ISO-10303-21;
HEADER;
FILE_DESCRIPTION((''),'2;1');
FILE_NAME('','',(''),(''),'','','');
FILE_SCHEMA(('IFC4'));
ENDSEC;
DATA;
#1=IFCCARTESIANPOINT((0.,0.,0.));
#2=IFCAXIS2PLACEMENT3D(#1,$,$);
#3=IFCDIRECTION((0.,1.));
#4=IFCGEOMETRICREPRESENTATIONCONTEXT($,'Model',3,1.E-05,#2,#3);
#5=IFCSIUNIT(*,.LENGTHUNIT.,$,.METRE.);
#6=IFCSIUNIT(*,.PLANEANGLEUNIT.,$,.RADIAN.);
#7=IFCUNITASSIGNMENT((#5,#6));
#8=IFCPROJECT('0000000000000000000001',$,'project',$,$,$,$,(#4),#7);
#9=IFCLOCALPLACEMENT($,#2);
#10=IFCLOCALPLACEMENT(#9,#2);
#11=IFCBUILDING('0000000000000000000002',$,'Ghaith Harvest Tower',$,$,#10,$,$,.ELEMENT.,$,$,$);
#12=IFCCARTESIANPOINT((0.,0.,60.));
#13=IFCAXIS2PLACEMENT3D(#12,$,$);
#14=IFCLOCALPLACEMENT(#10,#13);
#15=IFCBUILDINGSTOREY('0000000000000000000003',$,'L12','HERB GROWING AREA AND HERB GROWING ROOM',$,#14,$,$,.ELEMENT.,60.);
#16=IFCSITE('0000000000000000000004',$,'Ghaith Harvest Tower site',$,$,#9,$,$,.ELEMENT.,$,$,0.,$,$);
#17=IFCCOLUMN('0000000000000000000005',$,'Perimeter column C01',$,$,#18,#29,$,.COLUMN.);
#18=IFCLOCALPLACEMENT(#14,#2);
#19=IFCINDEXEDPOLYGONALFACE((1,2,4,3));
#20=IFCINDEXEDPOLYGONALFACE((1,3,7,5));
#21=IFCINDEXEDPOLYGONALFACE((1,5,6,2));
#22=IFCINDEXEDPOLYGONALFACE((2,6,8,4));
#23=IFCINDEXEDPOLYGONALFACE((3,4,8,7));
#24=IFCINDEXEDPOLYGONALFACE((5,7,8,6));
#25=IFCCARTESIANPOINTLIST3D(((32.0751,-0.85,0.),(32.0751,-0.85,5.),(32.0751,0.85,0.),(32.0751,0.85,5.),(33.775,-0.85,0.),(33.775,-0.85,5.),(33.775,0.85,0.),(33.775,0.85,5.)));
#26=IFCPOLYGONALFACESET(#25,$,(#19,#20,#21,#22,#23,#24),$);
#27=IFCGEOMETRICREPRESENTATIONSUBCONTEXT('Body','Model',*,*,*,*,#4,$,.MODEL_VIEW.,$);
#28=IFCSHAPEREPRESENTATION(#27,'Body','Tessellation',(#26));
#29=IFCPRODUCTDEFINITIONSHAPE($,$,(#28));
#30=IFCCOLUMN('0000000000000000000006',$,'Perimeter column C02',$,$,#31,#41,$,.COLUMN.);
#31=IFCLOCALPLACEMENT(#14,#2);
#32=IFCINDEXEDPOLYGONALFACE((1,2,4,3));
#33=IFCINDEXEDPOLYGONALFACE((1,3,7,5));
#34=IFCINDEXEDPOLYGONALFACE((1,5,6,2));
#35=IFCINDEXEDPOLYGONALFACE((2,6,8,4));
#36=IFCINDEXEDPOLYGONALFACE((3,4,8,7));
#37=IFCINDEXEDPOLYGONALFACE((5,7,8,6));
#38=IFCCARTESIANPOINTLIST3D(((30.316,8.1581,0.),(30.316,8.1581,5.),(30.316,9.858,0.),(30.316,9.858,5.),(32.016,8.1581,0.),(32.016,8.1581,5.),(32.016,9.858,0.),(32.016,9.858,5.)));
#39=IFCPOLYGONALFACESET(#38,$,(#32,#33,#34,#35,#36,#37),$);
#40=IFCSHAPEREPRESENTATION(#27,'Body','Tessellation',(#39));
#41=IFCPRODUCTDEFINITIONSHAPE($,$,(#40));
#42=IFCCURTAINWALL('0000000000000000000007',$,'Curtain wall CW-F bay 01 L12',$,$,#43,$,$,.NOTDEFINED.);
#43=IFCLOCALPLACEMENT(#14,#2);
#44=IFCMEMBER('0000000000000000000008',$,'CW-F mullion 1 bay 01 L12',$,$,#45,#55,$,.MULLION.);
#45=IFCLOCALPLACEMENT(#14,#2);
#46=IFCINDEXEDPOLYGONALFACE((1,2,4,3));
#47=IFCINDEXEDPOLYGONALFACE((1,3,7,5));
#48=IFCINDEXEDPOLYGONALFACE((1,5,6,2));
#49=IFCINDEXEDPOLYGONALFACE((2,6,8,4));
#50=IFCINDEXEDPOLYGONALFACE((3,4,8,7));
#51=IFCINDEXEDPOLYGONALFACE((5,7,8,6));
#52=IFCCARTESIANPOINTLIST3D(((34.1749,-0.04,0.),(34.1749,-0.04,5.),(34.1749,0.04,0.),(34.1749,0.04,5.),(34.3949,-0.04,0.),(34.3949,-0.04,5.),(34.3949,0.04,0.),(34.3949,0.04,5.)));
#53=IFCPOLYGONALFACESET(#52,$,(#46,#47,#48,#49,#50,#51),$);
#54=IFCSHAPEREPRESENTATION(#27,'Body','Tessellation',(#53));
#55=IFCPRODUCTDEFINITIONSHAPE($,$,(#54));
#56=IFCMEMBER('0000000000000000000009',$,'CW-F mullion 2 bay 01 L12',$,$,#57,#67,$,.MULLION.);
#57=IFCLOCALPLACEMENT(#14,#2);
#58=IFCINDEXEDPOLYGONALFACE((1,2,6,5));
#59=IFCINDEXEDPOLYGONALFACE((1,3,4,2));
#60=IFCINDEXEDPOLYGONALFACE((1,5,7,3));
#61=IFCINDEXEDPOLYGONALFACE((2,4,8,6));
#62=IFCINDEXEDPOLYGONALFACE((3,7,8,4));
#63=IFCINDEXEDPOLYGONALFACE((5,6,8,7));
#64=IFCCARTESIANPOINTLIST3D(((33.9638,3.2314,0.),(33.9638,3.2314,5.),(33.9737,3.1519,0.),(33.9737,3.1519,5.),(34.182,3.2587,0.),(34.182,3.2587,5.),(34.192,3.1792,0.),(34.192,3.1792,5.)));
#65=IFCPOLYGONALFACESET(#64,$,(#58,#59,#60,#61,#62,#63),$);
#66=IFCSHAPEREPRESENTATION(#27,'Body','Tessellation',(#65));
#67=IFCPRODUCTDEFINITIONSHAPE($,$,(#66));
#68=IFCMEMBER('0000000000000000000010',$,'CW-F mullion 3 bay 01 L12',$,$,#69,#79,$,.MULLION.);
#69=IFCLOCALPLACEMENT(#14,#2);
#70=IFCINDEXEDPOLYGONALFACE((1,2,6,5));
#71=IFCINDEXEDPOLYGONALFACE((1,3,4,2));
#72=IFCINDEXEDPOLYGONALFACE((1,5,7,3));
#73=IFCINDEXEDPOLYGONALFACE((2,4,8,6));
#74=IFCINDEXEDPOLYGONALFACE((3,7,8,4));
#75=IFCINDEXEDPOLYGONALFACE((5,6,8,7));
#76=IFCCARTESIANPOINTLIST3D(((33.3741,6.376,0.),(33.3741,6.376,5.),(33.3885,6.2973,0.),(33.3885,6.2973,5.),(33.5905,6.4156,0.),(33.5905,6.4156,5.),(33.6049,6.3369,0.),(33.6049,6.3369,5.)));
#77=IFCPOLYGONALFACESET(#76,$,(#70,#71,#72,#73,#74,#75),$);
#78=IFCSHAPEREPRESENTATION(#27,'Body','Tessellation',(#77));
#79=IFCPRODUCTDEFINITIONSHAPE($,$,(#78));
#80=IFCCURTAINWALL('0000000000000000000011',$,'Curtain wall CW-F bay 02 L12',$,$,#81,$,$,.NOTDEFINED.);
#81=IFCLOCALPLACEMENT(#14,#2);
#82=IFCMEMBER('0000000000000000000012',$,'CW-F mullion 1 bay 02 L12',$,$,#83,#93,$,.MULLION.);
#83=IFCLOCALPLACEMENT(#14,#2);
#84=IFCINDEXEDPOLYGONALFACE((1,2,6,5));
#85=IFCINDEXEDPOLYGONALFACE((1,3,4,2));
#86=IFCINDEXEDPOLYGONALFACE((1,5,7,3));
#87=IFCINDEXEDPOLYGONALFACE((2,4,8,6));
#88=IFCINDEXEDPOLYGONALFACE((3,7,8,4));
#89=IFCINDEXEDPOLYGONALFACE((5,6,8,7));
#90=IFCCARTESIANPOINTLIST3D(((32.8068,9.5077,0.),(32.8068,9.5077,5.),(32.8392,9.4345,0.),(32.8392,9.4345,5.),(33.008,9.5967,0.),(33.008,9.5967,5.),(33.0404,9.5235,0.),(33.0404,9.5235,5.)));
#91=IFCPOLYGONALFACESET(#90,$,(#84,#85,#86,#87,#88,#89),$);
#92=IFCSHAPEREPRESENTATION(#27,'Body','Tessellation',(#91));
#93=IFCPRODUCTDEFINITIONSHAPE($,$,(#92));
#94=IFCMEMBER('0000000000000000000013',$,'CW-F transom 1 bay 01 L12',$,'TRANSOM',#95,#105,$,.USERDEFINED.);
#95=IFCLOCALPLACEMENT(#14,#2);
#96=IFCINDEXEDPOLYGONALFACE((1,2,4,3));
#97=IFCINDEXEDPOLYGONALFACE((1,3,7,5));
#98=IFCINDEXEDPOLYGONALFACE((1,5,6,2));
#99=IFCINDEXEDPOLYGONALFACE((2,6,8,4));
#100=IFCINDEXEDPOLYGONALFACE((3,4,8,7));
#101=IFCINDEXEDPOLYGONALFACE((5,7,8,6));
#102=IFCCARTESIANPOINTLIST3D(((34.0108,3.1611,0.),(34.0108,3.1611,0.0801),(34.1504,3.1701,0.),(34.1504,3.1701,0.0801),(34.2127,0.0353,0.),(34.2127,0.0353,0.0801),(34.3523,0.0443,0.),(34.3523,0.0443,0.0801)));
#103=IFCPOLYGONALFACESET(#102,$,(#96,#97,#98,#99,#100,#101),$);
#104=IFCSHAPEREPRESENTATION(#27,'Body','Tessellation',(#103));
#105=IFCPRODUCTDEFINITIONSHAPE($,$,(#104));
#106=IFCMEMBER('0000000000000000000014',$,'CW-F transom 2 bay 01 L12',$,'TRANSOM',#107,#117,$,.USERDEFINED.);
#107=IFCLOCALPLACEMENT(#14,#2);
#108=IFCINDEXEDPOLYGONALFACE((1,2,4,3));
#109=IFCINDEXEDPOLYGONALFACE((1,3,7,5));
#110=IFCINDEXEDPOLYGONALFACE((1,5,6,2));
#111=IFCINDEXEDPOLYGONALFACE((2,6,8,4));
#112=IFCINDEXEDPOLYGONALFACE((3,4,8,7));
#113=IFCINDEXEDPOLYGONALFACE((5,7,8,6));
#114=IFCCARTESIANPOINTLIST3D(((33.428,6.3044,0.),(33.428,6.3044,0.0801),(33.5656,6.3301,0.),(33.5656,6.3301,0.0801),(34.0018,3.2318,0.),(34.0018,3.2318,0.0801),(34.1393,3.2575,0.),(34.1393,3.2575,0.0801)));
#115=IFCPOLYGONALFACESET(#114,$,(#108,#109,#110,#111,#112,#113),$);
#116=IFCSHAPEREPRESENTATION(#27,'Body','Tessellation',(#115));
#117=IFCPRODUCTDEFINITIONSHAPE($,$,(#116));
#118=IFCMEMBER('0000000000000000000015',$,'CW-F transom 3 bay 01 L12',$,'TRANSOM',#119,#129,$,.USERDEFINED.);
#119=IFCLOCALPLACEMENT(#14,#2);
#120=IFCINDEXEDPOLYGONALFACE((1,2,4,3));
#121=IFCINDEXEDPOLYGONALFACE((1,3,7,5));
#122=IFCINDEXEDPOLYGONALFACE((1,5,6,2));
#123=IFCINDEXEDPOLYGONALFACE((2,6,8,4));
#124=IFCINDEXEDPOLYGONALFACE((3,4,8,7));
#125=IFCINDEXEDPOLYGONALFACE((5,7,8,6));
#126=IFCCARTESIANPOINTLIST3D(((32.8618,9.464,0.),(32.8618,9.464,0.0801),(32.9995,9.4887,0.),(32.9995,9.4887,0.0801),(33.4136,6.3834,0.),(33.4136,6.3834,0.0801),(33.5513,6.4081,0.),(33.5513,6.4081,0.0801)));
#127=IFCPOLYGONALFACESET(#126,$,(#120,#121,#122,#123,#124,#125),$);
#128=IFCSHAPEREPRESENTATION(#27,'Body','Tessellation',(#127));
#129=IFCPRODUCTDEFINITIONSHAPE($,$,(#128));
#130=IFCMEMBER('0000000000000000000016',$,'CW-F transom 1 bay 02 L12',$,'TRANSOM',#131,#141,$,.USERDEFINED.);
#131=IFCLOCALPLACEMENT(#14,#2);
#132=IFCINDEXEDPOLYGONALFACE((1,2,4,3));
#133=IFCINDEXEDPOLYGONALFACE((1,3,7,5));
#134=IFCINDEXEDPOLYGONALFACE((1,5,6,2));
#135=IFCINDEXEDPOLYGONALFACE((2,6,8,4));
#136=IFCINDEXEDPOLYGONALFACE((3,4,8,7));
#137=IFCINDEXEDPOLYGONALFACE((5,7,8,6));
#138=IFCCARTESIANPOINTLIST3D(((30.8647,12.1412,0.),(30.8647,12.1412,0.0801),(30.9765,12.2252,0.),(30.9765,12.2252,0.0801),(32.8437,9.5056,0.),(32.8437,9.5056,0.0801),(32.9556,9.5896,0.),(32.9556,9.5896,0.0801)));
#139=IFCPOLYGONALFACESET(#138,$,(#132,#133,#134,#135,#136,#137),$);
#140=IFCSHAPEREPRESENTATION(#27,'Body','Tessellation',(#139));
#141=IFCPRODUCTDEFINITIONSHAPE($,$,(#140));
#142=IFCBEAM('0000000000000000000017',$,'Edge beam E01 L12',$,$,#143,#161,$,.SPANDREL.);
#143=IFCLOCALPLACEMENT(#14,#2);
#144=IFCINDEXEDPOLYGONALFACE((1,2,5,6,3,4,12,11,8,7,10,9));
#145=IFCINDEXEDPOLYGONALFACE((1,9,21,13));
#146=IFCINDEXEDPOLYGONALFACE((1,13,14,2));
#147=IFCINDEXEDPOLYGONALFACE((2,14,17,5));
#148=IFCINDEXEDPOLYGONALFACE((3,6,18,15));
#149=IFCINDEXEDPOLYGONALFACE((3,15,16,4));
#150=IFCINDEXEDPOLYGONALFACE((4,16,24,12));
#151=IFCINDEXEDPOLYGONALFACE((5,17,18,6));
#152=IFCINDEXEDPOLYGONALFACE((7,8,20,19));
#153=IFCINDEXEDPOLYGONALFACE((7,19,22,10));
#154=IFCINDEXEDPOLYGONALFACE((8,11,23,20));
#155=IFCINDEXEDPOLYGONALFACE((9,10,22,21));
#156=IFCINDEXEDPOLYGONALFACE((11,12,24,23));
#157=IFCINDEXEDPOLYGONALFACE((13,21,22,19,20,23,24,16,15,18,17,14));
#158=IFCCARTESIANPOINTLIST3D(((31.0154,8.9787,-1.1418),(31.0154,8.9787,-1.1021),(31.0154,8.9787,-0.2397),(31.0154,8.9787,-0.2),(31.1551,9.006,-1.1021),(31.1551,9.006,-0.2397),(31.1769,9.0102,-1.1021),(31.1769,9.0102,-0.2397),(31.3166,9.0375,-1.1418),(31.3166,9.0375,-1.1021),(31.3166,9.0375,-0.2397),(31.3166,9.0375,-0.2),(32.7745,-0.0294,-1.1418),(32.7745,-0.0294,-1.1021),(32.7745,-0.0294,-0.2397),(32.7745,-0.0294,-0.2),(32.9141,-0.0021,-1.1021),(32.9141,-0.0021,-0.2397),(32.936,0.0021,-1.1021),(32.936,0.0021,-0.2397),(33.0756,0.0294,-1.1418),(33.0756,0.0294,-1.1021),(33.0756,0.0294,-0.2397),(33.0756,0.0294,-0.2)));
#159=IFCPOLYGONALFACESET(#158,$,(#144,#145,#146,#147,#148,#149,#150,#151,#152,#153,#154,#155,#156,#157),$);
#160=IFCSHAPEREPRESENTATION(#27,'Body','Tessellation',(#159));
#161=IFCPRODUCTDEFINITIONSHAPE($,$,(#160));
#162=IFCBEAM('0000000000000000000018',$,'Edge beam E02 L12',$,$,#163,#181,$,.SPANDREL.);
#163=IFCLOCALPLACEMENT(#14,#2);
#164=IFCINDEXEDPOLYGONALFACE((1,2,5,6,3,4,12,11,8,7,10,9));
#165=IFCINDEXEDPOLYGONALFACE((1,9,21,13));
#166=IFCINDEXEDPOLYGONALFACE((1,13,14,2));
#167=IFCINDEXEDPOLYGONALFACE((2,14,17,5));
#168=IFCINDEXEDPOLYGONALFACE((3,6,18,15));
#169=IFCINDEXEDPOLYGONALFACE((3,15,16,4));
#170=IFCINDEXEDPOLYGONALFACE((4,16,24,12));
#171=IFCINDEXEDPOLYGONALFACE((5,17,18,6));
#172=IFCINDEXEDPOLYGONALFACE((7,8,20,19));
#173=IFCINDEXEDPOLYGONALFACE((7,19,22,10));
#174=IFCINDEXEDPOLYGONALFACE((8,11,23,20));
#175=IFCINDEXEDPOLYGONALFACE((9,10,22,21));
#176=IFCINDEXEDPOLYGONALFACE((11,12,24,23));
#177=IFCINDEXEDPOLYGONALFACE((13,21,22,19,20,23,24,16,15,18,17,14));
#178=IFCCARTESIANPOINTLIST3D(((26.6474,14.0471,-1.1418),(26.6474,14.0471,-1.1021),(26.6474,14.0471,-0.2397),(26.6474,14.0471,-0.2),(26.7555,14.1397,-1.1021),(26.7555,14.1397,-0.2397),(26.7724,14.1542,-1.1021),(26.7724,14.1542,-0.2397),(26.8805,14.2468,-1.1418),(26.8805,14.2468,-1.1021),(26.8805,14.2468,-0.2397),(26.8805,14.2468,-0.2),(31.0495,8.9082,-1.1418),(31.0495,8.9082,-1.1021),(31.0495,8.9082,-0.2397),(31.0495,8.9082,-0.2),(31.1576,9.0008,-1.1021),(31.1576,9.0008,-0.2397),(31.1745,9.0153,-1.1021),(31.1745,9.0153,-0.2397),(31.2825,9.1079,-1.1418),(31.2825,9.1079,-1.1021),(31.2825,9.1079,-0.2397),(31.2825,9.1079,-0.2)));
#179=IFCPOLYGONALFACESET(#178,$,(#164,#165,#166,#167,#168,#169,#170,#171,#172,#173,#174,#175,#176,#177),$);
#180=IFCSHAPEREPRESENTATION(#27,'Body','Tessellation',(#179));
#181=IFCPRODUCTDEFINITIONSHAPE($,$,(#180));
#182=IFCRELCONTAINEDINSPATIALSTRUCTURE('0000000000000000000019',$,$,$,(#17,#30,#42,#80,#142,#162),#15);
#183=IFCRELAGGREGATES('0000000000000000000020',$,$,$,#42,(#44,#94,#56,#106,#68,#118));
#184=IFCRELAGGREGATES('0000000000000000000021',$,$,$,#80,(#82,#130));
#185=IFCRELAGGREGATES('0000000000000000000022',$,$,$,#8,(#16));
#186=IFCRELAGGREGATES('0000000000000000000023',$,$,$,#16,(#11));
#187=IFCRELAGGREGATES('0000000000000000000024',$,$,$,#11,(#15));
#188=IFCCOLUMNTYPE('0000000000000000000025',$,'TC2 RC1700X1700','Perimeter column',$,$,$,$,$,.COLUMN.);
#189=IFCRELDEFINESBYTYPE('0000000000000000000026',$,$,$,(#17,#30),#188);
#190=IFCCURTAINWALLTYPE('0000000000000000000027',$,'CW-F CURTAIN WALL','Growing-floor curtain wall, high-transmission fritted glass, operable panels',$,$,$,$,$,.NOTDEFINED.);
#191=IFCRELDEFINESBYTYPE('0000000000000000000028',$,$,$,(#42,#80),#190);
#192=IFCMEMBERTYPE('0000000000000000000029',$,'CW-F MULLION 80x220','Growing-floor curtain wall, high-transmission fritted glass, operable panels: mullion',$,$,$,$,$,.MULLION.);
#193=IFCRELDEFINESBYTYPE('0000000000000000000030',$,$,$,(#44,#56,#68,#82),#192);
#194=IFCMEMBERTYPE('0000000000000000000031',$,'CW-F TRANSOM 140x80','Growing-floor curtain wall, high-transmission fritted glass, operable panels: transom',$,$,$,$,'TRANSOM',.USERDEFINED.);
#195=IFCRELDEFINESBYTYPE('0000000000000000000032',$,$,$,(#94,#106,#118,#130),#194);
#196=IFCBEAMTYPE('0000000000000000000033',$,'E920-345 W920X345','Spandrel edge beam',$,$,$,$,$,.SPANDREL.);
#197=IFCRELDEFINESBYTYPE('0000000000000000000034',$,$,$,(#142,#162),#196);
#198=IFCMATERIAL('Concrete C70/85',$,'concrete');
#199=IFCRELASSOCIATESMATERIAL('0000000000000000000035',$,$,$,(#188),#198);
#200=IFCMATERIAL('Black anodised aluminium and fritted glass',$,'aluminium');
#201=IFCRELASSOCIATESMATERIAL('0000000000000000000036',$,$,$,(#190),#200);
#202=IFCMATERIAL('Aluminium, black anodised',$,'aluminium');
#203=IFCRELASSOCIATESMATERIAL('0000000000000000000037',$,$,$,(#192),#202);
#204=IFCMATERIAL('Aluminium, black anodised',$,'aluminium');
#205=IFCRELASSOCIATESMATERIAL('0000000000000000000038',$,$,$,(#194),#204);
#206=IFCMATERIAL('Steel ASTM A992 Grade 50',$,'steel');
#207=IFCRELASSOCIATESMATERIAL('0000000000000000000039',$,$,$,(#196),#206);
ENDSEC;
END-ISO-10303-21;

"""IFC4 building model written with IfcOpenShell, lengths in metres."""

from ifc_helpers import new_model, si_unit, direction, frame, origin, origin_2d, place, context, subcontext, project, spatial, rectangle, i_section, extrude, material, material_profile, profile_set, type_object, element, aggregate, save


model = new_model("IFC4")

# Units and contexts
model_context = context("Model", 3, precision=1e-05, world=origin(), true_north=direction((0.0, 1.0)))
body_context = subcontext(model_context, "Body", "Model", "MODEL_VIEW")
ifc_project = project(units=[si_unit("LENGTHUNIT", "METRE"), si_unit("PLANEANGLEUNIT", "RADIAN")], contexts=[model_context])

# Site, building, storey
site_placement = place(None, origin())
site = spatial("IfcSite", under=ifc_project, at=site_placement, Name="Ghaith Harvest Tower site", CompositionType="ELEMENT", RefElevation=0.0)
building_placement = place(site_placement, origin())
building = spatial("IfcBuilding", under=site, at=building_placement, Name="Ghaith Harvest Tower", CompositionType="ELEMENT")
storey_placement = place(building_placement, frame((0.0, 0.0, 60.0)))
storey = spatial("IfcBuildingStorey", under=building, at=storey_placement, Name="L12", Description="HERB GROWING AREA AND HERB GROWING ROOM", CompositionType="ELEMENT", Elevation=60.0)

# Columns
ifc_material_1 = material(Name="Concrete C70/85", Category="concrete")
ifc_material_profile_1 = material_profile(ifc_material_1, rectangle(XDim=1.7, YDim=1.7, at=origin_2d()), Name="RC1700X1700")
ifc_profile_set_1 = profile_set([ifc_material_profile_1], Name="Concrete C70/85")
column_type = type_object("IfcColumnType", Name="TC2 RC1700X1700", Description="Perimeter column", PredefinedType="COLUMN", material=ifc_profile_set_1)
for number, where, z_axis, x_axis, name in (
    (1, (32.925, 0.0, 0.0), (0.0, 0.0, 1.0), (1.0, 0.0, 0.0), "Perimeter column C01"),
    (2, (31.166, 9.0081, 0.0), (0.0, 0.0, 1.0), (1.0, 0.0, 0.0), "Perimeter column C02"),
):
    element("IfcColumn", number, at=place(storey_placement, frame(where, z_axis=z_axis, x_axis=x_axis)), inside=storey, type_object=column_type, Name=name, PredefinedType="COLUMN", context=body_context, shape_type="SweptSolid", body=[
        extrude(rectangle(XDim=1.7, YDim=1.7, at=origin_2d()), origin(), (0.0, 0.0, 1.0), 5.0),
    ])

# Curtain wall, members
ifc_material_2 = material(Name="Black anodised aluminium and fritted glass", Category="aluminium")
curtain_wall_type = type_object("IfcCurtainWallType", Name="CW-F CURTAIN WALL", Description="Growing-floor curtain wall, high-transmission fritted glass, operable panels", PredefinedType="NOTDEFINED", material=ifc_material_2)
curtain_wall_1_placement = place(storey_placement, origin())
curtain_wall_1 = element("IfcCurtainWall", 3, at=curtain_wall_1_placement, inside=storey, type_object=curtain_wall_type, Name="Curtain wall CW-F bay 01 L12", PredefinedType="NOTDEFINED")
ifc_material_3 = material(Name="Aluminium, black anodised", Category="aluminium")
ifc_material_profile_2 = material_profile(ifc_material_3, rectangle(XDim=0.0801, YDim=0.22, at=origin_2d()), Name="CW-F MULLION 80x220")
ifc_profile_set_2 = profile_set([ifc_material_profile_2], Name="Aluminium, black anodised")
member_type_1 = type_object("IfcMemberType", Name="CW-F MULLION 80x220", Description="Growing-floor curtain wall, high-transmission fritted glass, operable panels: mullion", PredefinedType="MULLION", material=ifc_profile_set_2)
member_1_placement = place(storey_placement, frame((34.2849, 0.0, 0.0), z_axis=(0.0, 0.0, 1.0), x_axis=(0.0, 1.0, 0.0)))
member_1 = element("IfcMember", 4, at=member_1_placement, type_object=member_type_1, Name="CW-F mullion 1 bay 01 L12", PredefinedType="MULLION", context=body_context, shape_type="SweptSolid", body=[
    extrude(rectangle(XDim=0.0801, YDim=0.22, at=origin_2d()), origin(), (0.0, 0.0, 1.0), 5.0),
])
member_2_placement = place(storey_placement, frame((34.0779, 3.2053, 0.0), z_axis=(0.0, 0.0, 1.0), x_axis=(-0.12417, 0.992261, 0.0)))
member_2 = element("IfcMember", 5, at=member_2_placement, type_object=member_type_1, Name="CW-F mullion 2 bay 01 L12", PredefinedType="MULLION", context=body_context, shape_type="SweptSolid", body=[
    extrude(rectangle(XDim=0.0801, YDim=0.22, at=origin_2d()), origin(), (0.0, 0.0, 1.0), 5.0),
])
member_3_placement = place(storey_placement, frame((33.4895, 6.3564, 0.0), z_axis=(0.0, 0.0, 1.0), x_axis=(-0.179943, 0.983677, 0.0)))
member_3 = element("IfcMember", 6, at=member_3_placement, type_object=member_type_1, Name="CW-F mullion 3 bay 01 L12", PredefinedType="MULLION", context=body_context, shape_type="SweptSolid", body=[
    extrude(rectangle(XDim=0.0801, YDim=0.22, at=origin_2d()), origin(), (0.0, 0.0, 1.0), 5.0),
])

# Curtain wall, member
curtain_wall_2_placement = place(storey_placement, origin())
curtain_wall_2 = element("IfcCurtainWall", 7, at=curtain_wall_2_placement, inside=storey, type_object=curtain_wall_type, Name="Curtain wall CW-F bay 02 L12", PredefinedType="NOTDEFINED")
member_4_placement = place(storey_placement, frame((32.9236, 9.5156, 0.0), z_axis=(0.0, 0.0, 1.0), x_axis=(-0.404702, 0.914449, 0.0)))
member_4 = element("IfcMember", 8, at=member_4_placement, type_object=member_type_1, Name="CW-F mullion 1 bay 02 L12", PredefinedType="MULLION", context=body_context, shape_type="SweptSolid", body=[
    extrude(rectangle(XDim=0.0801, YDim=0.22, at=origin_2d()), origin(), (0.0, 0.0, 1.0), 5.0),
])

# Members
ifc_material_4 = material(Name="Aluminium, black anodised", Category="aluminium")
ifc_material_profile_3 = material_profile(ifc_material_4, rectangle(XDim=0.1399, YDim=0.0801, at=origin_2d()), Name="CW-F TRANSOM 140x80")
ifc_profile_set_3 = profile_set([ifc_material_profile_3], Name="Aluminium, black anodised")
member_type_2 = type_object("IfcMemberType", Name="CW-F TRANSOM 140x80", Description="Growing-floor curtain wall, high-transmission fritted glass, operable panels: transom", ElementType="TRANSOM", PredefinedType="USERDEFINED", material=ifc_profile_set_3)
member_5_placement = place(storey_placement, frame((34.2825, 0.0398, 0.04), z_axis=(-0.06446, 0.99792, 0.0), x_axis=(-0.99792, -0.06446, 0.0)))
member_5 = element("IfcMember", 9, at=member_5_placement, type_object=member_type_2, Name="CW-F transom 1 bay 01 L12", ObjectType="TRANSOM", PredefinedType="USERDEFINED", context=body_context, shape_type="SweptSolid", body=[
    extrude(rectangle(XDim=0.1399, YDim=0.0801, at=origin_2d()), origin(), (0.0, 0.0, 1.0), 3.1323),
])
member_6_placement = place(storey_placement, frame((34.0706, 3.2446, 0.04), z_axis=(-0.183557, 0.983009, 0.0), x_axis=(-0.983009, -0.183557, 0.0)))
member_6 = element("IfcMember", 10, at=member_6_placement, type_object=member_type_2, Name="CW-F transom 2 bay 01 L12", ObjectType="TRANSOM", PredefinedType="USERDEFINED", context=body_context, shape_type="SweptSolid", body=[
    extrude(rectangle(XDim=0.1399, YDim=0.0801, at=origin_2d()), origin(), (0.0, 0.0, 1.0), 3.1257),
])
member_7_placement = place(storey_placement, frame((33.4824, 6.3958, 0.04), z_axis=(-0.176304, 0.984336, 0.0), x_axis=(-0.984336, -0.176304, 0.0)))
member_7 = element("IfcMember", 11, at=member_7_placement, type_object=member_type_2, Name="CW-F transom 3 bay 01 L12", ObjectType="TRANSOM", PredefinedType="USERDEFINED", context=body_context, shape_type="SweptSolid", body=[
    extrude(rectangle(XDim=0.1399, YDim=0.0801, at=origin_2d()), origin(), (0.0, 0.0, 1.0), 3.1296),
])
member_8_placement = place(storey_placement, frame((32.8997, 9.5476, 0.04), z_axis=(-0.600462, 0.799653, 0.0), x_axis=(-0.799653, -0.600462, 0.0)))
member_8 = element("IfcMember", 12, at=member_8_placement, type_object=member_type_2, Name="CW-F transom 1 bay 02 L12", ObjectType="TRANSOM", PredefinedType="USERDEFINED", context=body_context, shape_type="SweptSolid", body=[
    extrude(rectangle(XDim=0.1399, YDim=0.0801, at=origin_2d()), origin(), (0.0, 0.0, 1.0), 3.2959),
])

# Beams
ifc_material_5 = material(Name="Steel ASTM A992 Grade 50", Category="steel")
ifc_material_profile_4 = material_profile(ifc_material_5, i_section(OverallWidth=0.3069, OverallDepth=0.9419, WebThickness=0.0222, FlangeThickness=0.0398, at=origin_2d()), Name="W920X345")
ifc_profile_set_4 = profile_set([ifc_material_profile_4], Name="Steel ASTM A992 Grade 50")
beam_type_1 = type_object("IfcBeamType", Name="E920-345 W920X345", Description="Spandrel edge beam", PredefinedType="SPANDREL", material=ifc_profile_set_4)
beam_1_placement = place(storey_placement, frame((32.925, 0.0, -0.6709), z_axis=(-0.191653, 0.981463, 0.0), x_axis=(-0.981463, -0.191653, 0.0)))
element("IfcBeam", 13, at=beam_1_placement, inside=storey, type_object=beam_type_1, Name="Edge beam E01 L12", PredefinedType="SPANDREL", context=body_context, shape_type="SweptSolid", body=[
    extrude(i_section(OverallWidth=0.3069, OverallDepth=0.9419, WebThickness=0.0222, FlangeThickness=0.0398, at=origin_2d()), origin(), (0.0, 0.0, 1.0), 9.1782),
])
beam_2_placement = place(storey_placement, frame((31.166, 9.0081, -0.6709), z_axis=(-0.650563, 0.759453, 0.0), x_axis=(-0.759453, -0.650563, 0.0)))
element("IfcBeam", 14, at=beam_2_placement, inside=storey, type_object=beam_type_1, Name="Edge beam E02 L12", PredefinedType="SPANDREL", context=body_context, shape_type="SweptSolid", body=[
    extrude(i_section(OverallWidth=0.3069, OverallDepth=0.9419, WebThickness=0.0222, FlangeThickness=0.0398, at=origin_2d()), origin(), (0.0, 0.0, 1.0), 6.7666),
])

aggregate(curtain_wall_1, [member_1, member_5, member_2, member_6, member_3, member_7])
aggregate(curtain_wall_2, [member_4, member_8])

save(model, "model.ifc")
